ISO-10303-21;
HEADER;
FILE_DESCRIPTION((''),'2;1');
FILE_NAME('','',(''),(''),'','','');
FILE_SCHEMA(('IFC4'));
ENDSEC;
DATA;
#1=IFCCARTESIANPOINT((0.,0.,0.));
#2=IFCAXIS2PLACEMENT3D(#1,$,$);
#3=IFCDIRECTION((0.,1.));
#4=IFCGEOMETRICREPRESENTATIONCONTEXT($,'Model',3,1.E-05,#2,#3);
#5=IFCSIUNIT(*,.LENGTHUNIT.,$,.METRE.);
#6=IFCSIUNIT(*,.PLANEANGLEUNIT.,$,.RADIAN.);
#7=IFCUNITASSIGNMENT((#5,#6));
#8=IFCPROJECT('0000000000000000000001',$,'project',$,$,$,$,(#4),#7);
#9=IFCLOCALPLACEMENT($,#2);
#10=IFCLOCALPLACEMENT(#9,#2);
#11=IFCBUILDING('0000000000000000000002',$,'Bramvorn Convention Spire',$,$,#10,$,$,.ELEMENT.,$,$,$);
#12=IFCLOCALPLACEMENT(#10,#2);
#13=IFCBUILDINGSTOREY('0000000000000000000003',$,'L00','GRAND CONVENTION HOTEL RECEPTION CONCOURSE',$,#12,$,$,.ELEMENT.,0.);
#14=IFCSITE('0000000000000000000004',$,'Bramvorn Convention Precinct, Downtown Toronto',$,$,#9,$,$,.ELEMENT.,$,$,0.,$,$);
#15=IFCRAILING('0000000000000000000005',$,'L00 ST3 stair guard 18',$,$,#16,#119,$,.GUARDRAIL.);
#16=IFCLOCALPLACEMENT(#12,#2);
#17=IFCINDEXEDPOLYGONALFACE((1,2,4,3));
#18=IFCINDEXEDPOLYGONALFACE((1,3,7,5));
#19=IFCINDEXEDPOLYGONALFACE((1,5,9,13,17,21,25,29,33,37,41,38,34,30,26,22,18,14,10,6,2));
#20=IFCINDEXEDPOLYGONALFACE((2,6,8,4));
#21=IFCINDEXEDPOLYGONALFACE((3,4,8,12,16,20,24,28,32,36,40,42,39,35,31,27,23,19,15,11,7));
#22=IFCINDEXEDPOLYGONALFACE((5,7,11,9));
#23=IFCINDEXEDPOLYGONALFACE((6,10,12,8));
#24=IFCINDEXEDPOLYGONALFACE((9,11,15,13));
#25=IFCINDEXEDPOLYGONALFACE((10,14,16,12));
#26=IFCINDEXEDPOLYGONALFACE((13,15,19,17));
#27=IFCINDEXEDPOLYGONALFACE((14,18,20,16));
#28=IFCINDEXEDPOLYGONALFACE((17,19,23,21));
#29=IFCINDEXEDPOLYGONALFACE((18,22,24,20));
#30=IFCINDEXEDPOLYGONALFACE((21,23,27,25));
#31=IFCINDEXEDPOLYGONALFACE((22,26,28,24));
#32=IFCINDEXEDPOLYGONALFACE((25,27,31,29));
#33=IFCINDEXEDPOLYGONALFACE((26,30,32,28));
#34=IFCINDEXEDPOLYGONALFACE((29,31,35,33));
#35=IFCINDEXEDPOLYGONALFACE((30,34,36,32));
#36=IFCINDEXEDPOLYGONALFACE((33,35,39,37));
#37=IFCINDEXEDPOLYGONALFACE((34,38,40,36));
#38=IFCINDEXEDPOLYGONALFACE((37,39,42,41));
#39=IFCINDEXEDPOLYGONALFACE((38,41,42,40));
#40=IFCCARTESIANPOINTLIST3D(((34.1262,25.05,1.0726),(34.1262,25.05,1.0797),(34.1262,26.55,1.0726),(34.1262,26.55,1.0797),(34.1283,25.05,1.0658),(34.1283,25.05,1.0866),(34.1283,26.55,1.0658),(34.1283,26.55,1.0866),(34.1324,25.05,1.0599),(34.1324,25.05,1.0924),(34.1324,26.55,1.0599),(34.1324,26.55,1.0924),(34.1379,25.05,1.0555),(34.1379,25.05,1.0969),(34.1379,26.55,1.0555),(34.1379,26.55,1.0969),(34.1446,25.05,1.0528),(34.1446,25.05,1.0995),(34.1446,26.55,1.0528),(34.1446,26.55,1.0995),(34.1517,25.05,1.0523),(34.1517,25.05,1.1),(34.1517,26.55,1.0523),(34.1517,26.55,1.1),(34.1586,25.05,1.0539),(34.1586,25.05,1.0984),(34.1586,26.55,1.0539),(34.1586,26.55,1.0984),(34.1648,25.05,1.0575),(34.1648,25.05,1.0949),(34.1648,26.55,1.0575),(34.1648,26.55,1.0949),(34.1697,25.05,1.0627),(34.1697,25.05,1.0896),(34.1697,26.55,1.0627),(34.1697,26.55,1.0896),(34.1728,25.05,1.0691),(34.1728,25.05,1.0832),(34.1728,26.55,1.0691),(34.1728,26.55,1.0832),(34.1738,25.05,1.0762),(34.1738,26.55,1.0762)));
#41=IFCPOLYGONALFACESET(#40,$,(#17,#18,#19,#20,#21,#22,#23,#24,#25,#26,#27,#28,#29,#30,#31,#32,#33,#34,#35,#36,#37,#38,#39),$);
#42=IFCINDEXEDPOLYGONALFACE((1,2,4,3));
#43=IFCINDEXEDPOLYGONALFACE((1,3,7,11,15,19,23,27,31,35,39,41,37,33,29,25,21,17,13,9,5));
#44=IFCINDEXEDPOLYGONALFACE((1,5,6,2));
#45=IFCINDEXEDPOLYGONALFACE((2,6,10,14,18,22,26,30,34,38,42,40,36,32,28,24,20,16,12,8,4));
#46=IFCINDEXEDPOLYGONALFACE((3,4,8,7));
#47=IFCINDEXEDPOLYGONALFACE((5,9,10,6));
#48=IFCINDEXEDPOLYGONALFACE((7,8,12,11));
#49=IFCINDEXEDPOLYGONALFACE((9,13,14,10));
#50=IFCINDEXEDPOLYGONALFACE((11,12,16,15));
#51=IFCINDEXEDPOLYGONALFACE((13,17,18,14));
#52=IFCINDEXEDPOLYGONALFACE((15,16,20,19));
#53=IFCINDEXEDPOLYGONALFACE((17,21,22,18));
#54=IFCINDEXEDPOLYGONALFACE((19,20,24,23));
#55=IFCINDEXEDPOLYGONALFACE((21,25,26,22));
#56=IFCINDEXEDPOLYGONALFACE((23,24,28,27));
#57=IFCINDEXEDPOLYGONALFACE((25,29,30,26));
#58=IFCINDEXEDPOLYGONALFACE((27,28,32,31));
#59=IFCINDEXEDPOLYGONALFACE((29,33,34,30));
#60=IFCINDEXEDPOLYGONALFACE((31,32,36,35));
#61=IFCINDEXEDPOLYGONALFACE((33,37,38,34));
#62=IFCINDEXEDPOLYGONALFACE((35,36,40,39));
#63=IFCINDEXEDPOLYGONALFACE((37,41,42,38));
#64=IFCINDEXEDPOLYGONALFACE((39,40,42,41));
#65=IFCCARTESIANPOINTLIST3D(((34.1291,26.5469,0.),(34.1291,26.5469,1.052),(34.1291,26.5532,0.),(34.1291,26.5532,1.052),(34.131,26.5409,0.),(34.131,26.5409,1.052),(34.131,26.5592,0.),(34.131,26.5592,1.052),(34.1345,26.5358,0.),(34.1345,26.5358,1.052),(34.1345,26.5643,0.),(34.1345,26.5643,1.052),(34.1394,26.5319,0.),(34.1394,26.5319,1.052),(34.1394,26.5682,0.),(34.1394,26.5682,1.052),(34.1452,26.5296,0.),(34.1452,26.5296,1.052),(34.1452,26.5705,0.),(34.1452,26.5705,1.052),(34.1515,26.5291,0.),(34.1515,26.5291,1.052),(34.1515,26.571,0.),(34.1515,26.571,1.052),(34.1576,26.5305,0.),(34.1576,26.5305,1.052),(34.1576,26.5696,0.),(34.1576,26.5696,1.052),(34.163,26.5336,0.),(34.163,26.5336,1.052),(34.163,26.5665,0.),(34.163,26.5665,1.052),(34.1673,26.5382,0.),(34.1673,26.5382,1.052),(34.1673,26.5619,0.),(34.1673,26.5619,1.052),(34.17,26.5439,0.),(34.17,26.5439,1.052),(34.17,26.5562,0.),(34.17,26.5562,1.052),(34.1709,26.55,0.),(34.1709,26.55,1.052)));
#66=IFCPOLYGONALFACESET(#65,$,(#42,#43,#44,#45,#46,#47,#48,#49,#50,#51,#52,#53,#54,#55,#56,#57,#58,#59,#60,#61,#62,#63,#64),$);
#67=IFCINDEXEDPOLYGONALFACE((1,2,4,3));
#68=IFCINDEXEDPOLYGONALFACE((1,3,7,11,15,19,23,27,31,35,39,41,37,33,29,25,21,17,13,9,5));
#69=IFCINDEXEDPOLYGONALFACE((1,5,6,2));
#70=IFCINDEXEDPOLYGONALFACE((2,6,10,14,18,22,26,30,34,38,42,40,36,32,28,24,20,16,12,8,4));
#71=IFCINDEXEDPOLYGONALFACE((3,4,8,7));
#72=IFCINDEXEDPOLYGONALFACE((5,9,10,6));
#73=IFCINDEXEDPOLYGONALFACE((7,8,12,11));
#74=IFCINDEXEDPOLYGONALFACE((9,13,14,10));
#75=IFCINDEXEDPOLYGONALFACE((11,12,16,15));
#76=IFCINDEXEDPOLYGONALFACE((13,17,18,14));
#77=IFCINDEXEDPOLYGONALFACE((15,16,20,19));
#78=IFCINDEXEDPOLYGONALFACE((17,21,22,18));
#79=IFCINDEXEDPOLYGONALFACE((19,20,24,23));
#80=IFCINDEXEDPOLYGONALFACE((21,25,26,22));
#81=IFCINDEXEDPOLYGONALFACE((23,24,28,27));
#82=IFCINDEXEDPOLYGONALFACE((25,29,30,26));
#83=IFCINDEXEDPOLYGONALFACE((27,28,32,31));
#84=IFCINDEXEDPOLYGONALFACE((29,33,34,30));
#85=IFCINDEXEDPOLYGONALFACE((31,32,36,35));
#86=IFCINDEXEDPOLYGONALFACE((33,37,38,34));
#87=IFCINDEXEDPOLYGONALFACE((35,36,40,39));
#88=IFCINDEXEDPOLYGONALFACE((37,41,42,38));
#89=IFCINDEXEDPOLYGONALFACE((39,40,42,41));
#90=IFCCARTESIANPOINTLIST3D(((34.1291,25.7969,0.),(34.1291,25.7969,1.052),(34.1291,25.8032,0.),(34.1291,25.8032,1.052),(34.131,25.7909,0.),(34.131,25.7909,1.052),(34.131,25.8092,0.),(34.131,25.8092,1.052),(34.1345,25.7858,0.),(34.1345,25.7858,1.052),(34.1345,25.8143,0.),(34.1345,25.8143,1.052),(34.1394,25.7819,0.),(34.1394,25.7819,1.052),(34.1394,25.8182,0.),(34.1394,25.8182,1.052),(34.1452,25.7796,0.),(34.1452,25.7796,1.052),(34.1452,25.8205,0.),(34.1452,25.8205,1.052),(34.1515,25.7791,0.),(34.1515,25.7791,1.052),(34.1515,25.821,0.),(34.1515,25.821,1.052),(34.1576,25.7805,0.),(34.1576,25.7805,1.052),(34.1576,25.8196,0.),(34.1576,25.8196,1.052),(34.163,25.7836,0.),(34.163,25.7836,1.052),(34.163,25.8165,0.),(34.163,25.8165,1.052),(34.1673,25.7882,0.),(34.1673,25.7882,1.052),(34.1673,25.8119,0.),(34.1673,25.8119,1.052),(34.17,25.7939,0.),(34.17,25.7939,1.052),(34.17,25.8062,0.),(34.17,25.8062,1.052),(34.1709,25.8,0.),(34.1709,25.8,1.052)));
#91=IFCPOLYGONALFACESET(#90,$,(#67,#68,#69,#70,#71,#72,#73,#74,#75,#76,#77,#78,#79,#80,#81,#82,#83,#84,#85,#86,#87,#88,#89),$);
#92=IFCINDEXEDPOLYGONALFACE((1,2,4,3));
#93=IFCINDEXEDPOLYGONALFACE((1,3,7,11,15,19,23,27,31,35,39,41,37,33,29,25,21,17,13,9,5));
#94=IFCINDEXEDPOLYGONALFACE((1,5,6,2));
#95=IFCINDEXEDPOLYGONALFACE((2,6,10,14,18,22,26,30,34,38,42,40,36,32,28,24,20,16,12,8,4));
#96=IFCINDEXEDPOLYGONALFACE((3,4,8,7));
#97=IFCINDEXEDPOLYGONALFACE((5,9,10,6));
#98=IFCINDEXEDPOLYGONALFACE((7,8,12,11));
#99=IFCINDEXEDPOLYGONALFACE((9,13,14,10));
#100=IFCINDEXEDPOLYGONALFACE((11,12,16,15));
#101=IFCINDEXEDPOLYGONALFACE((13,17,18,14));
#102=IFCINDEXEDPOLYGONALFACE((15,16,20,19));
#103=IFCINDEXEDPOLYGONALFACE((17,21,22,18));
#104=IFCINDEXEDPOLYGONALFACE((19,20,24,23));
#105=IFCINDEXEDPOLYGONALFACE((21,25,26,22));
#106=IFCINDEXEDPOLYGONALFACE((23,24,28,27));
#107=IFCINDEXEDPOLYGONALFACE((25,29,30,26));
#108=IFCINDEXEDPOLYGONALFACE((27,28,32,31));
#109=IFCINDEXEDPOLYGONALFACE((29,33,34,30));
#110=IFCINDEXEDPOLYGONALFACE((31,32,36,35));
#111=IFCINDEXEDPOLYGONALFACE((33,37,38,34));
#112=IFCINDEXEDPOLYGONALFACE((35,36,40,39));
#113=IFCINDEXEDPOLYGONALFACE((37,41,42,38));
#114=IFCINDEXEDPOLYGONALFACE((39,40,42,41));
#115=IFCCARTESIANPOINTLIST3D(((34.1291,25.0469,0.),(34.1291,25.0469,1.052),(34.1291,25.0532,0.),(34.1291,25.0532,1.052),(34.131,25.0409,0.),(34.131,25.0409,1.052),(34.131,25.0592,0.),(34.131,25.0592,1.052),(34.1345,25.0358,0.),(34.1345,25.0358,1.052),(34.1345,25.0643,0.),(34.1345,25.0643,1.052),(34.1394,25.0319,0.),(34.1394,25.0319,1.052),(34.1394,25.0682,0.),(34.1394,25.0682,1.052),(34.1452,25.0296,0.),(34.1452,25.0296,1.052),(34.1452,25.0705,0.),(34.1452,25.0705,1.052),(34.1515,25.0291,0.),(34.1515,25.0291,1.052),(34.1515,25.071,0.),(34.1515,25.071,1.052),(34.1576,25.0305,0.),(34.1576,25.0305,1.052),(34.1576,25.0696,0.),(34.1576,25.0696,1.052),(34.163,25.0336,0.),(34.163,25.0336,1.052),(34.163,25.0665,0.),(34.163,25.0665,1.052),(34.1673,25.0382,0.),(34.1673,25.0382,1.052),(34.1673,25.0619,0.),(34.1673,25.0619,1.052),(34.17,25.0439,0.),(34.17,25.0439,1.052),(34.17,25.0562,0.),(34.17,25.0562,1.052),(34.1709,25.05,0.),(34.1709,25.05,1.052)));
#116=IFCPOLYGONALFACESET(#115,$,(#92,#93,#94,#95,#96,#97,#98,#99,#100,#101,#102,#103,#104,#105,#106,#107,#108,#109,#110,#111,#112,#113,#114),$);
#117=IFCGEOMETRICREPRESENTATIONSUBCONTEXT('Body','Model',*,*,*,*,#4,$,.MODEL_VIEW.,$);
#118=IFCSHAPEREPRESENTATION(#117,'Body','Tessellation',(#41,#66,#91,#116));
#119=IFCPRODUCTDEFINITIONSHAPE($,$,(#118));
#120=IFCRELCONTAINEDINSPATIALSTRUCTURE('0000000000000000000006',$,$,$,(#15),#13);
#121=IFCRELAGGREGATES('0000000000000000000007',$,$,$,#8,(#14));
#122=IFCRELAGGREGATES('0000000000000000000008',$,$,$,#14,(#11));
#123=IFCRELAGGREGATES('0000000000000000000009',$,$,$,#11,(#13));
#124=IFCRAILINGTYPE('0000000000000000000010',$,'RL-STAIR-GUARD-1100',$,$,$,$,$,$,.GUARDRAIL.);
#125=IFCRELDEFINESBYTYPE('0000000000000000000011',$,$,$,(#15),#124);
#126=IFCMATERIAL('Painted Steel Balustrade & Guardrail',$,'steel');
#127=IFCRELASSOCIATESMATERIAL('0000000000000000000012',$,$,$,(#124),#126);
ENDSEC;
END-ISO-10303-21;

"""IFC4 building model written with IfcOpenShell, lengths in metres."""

from ifc_helpers import new_model, si_unit, direction, frame, origin, origin_2d, place, context, subcontext, project, spatial, circle, extrude, material, type_object, element, save


model = new_model("IFC4")

# Units and contexts
model_context = context("Model", 3, precision=1e-05, world=origin(), true_north=direction((0.0, 1.0)))
body_context = subcontext(model_context, "Body", "Model", "MODEL_VIEW")
ifc_project = project(units=[si_unit("LENGTHUNIT", "METRE"), si_unit("PLANEANGLEUNIT", "RADIAN")], contexts=[model_context])

# Site, building, storey
site_placement = place(None, origin())
site = spatial("IfcSite", under=ifc_project, at=site_placement, Name="Bramvorn Convention Precinct, Downtown Toronto", CompositionType="ELEMENT", RefElevation=0.0)
building_placement = place(site_placement, origin())
building = spatial("IfcBuilding", under=site, at=building_placement, Name="Bramvorn Convention Spire", CompositionType="ELEMENT")
storey_placement = place(building_placement, origin())
storey = spatial("IfcBuildingStorey", under=building, at=storey_placement, Name="L00", Description="GRAND CONVENTION HOTEL RECEPTION CONCOURSE", CompositionType="ELEMENT", Elevation=0.0)

# Railing
ifc_material_1 = material(Name="Painted Steel Balustrade & Guardrail", Category="steel")
railing_type = type_object("IfcRailingType", Name="RL-STAIR-GUARD-1100", PredefinedType="GUARDRAIL", material=ifc_material_1)
for number, where, name in (
    (1, (34.1499, 26.55, 0.0), "L00 ST3 stair guard 18"),
):
    element("IfcRailing", number, at=place(storey_placement, frame(where)), inside=storey, type_object=railing_type, Name=name, PredefinedType="GUARDRAIL", context=body_context, shape_type="SweptSolid", body=[
        extrude(circle(Radius=0.0239, at=origin_2d()), frame((0.0, 0.0, 1.0762), z_axis=(0.0, -1.0, 0.0), x_axis=(1.0, 0.0, 0.0)), (0.0, 0.0, 1.0), 1.5),
        extrude(circle(Radius=0.021, at=origin_2d()), origin(), (0.0, 0.0, 1.0), 1.052),
        extrude(circle(Radius=0.021, at=origin_2d()), frame((0.0, -0.75, 0.0)), (0.0, 0.0, 1.0), 1.052),
        extrude(circle(Radius=0.021, at=origin_2d()), frame((0.0, -1.5, 0.0)), (0.0, 0.0, 1.0), 1.052),
    ])

save(model, "model.ifc")
